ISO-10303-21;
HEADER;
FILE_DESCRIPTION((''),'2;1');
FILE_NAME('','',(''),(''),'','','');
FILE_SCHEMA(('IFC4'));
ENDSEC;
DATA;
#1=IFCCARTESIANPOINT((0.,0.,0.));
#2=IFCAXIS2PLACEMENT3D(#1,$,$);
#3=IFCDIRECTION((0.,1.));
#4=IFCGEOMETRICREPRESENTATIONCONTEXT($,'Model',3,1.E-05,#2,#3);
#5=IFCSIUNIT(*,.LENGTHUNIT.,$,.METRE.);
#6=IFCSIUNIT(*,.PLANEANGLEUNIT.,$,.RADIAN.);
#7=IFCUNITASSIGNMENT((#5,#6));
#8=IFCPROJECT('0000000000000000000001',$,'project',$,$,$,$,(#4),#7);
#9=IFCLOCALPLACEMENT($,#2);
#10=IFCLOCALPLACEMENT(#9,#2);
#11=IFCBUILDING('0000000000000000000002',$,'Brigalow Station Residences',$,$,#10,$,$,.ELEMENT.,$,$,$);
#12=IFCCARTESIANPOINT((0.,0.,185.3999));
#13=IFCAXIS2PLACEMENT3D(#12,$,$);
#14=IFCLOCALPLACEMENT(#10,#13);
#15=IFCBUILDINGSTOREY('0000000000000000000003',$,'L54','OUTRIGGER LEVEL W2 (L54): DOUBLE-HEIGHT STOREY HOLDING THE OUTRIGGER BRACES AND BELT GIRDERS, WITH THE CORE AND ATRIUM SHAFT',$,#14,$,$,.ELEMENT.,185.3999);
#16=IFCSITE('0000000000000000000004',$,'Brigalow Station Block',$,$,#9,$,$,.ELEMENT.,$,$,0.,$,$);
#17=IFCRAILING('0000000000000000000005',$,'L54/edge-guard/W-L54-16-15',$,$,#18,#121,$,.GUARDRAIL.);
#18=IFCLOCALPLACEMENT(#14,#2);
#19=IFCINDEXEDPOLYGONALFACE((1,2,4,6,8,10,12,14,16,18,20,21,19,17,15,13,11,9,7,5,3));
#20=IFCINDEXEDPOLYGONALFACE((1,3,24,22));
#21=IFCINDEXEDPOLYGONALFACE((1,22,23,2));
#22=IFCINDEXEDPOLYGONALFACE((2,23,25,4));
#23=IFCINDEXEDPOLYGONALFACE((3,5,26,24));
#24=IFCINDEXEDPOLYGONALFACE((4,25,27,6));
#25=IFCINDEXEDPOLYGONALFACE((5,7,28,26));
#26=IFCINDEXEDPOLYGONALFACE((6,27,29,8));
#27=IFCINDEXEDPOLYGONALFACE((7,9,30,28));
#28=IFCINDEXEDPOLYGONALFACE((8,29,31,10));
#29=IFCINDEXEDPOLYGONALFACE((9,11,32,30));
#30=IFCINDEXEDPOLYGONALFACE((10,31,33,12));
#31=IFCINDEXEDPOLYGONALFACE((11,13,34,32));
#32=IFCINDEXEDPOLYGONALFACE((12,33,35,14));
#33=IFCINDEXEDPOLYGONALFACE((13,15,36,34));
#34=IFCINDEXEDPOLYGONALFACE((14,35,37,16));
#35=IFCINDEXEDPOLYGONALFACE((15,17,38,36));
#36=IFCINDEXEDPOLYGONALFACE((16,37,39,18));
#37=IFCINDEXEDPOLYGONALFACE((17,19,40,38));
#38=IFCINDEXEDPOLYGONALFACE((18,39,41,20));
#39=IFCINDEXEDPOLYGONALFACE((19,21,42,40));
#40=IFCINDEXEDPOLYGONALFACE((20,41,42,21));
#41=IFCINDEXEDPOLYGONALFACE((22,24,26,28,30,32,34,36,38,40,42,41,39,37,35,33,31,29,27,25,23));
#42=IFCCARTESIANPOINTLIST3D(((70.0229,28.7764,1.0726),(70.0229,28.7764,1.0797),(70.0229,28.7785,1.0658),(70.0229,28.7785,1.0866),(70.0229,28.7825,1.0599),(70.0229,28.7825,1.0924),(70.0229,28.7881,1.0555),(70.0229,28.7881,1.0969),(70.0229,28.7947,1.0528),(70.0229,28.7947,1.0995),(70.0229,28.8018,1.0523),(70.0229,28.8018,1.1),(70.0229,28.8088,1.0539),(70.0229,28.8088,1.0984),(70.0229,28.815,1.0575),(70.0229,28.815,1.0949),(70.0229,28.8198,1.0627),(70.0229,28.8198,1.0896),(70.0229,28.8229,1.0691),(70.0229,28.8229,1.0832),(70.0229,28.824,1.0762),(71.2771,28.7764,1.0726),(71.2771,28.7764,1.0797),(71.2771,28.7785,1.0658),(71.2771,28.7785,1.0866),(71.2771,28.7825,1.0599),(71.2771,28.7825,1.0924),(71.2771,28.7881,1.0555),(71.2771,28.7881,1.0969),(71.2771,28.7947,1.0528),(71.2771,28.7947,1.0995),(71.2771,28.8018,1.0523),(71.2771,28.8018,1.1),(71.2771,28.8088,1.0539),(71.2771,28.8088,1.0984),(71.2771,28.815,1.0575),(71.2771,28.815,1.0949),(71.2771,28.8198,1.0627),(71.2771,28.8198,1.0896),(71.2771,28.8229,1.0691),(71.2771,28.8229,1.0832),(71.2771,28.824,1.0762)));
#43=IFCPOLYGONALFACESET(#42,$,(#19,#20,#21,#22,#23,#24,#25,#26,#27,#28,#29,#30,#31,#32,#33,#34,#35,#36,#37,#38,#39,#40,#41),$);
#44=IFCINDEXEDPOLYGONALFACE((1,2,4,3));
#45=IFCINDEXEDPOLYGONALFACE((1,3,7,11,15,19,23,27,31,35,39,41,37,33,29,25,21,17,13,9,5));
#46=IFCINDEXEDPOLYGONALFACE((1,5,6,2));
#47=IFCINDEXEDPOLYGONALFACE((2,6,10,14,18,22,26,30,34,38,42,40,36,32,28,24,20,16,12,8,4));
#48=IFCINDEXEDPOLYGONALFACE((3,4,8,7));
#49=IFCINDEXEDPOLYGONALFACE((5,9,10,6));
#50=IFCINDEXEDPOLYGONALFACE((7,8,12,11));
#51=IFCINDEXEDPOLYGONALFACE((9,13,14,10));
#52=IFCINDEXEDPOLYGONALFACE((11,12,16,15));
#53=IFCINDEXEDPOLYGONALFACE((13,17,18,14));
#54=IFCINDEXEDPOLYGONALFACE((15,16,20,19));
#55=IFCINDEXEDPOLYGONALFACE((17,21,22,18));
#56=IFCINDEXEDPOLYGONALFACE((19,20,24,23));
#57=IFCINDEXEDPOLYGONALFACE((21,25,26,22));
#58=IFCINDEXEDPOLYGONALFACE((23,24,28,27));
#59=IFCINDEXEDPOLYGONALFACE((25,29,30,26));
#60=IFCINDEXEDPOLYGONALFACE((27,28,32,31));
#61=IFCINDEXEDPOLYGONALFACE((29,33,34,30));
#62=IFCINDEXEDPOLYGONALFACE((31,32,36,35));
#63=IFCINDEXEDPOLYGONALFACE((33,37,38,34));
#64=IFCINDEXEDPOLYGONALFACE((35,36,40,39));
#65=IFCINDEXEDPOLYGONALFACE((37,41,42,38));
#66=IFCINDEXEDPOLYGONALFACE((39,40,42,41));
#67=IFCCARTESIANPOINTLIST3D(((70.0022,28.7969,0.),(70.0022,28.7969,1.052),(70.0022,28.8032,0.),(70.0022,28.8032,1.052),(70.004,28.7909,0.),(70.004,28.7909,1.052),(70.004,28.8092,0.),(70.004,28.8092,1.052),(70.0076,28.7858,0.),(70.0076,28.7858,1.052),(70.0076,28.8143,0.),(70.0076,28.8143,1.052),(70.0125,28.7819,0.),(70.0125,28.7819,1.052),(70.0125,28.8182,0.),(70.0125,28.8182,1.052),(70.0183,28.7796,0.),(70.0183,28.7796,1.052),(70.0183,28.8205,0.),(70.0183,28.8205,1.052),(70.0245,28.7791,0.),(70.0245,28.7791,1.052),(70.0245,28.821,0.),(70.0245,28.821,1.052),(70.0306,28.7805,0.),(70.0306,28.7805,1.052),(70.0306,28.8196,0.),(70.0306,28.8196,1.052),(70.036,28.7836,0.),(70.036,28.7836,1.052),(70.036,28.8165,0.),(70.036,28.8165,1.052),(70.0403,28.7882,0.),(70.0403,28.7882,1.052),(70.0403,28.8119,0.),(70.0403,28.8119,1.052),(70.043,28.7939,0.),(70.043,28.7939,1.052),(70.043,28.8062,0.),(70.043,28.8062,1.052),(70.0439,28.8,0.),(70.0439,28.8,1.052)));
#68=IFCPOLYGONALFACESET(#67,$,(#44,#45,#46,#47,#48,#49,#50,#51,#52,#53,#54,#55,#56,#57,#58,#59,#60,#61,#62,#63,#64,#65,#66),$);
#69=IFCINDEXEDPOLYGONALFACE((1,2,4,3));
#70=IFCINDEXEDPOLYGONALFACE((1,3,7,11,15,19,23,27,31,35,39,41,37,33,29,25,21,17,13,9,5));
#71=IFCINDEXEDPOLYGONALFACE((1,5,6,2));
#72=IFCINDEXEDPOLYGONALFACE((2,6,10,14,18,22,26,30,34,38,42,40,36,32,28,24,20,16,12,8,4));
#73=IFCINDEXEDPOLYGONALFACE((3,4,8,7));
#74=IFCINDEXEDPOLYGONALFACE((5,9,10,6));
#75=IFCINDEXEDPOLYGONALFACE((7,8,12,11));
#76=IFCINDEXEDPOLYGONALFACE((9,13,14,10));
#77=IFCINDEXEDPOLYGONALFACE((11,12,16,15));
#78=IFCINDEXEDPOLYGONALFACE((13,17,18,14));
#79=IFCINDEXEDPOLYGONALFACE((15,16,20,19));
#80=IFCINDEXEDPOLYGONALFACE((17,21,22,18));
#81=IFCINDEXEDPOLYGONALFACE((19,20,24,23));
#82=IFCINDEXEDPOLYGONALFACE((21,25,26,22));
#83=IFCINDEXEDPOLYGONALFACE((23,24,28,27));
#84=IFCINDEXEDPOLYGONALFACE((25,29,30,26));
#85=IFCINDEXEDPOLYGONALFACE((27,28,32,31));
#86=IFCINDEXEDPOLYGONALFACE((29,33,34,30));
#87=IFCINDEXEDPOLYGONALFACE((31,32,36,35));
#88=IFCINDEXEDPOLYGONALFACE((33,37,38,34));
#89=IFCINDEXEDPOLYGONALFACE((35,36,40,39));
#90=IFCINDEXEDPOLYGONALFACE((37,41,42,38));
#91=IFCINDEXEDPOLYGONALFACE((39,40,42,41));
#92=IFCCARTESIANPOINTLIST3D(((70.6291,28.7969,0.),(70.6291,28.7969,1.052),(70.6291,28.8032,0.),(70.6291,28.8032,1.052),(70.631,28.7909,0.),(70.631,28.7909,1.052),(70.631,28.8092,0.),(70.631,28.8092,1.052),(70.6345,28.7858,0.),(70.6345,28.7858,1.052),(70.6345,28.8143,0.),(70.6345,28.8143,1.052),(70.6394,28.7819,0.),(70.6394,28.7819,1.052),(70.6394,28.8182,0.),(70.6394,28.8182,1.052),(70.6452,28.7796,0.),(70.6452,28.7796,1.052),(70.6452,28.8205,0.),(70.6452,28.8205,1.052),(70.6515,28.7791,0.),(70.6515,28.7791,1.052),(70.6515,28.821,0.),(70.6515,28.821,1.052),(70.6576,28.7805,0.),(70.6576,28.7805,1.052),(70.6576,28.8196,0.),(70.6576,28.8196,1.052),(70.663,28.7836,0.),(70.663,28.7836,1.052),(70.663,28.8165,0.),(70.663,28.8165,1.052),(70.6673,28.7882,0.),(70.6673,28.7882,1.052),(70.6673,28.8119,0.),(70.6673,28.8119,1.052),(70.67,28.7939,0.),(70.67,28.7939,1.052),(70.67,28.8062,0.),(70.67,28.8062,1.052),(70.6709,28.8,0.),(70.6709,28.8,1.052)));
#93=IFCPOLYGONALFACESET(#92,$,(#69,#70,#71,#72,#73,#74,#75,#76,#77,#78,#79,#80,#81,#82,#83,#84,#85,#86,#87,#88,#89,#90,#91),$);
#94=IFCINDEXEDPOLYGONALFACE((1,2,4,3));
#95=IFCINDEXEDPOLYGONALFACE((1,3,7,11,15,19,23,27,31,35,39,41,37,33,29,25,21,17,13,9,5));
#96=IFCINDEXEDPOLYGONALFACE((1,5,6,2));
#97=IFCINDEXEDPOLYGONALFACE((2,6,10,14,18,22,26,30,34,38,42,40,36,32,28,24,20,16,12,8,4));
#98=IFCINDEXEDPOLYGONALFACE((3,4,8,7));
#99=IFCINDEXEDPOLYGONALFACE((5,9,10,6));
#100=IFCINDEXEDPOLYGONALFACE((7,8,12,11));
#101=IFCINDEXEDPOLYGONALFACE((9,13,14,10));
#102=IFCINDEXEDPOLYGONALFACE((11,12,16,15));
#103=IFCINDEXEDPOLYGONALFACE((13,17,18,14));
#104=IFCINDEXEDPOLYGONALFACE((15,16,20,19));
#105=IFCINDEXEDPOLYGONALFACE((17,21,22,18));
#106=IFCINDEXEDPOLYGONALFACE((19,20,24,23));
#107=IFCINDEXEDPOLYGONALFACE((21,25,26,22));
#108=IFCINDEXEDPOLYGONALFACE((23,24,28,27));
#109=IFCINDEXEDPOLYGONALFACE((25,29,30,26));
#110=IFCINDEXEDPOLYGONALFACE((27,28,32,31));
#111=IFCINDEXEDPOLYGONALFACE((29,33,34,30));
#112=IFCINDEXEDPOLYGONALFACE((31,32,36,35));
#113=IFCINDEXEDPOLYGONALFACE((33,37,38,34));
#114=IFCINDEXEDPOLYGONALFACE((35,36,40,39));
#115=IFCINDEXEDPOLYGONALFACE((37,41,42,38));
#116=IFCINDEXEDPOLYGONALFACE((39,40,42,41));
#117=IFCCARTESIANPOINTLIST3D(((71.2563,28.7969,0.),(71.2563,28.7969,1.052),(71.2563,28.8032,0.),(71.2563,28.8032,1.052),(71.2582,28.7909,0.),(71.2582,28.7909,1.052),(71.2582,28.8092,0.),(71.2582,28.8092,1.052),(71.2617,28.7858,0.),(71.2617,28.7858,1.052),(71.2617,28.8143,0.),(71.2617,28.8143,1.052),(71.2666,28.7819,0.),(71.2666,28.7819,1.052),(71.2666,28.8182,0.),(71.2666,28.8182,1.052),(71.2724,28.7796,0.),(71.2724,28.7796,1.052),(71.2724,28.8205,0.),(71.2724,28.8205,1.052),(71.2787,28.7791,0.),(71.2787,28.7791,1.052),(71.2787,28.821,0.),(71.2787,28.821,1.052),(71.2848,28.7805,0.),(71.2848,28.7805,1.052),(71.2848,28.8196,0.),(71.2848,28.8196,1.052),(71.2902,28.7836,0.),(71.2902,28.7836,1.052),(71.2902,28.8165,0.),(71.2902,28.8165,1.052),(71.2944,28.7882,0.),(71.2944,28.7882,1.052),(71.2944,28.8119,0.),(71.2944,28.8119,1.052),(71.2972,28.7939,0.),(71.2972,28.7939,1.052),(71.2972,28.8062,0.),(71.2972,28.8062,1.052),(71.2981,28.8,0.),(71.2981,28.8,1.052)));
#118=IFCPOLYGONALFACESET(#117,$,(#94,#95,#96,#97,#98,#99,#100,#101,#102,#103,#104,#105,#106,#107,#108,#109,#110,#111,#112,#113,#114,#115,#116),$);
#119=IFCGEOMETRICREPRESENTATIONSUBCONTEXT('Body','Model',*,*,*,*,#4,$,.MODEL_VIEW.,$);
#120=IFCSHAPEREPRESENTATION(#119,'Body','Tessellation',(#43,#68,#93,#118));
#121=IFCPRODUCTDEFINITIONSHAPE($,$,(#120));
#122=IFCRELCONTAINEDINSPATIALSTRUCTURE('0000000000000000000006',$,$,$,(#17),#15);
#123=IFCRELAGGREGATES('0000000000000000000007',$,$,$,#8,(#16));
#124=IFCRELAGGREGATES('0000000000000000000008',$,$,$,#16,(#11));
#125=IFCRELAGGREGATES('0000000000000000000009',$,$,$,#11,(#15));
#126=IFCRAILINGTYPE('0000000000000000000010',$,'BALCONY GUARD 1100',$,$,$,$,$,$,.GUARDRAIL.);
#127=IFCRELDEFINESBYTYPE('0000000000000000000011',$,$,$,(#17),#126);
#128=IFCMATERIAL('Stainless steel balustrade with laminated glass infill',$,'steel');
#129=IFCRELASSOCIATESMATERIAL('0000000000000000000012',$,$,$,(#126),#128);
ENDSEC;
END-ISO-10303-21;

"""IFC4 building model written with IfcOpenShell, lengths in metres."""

from ifc_helpers import new_model, si_unit, direction, frame, origin, origin_2d, place, context, subcontext, project, spatial, circle, extrude, material, type_object, element, save


model = new_model("IFC4")

# Units and contexts
model_context = context("Model", 3, precision=1e-05, world=origin(), true_north=direction((0.0, 1.0)))
body_context = subcontext(model_context, "Body", "Model", "MODEL_VIEW")
ifc_project = project(units=[si_unit("LENGTHUNIT", "METRE"), si_unit("PLANEANGLEUNIT", "RADIAN")], contexts=[model_context])

# Site, building, storey
site_placement = place(None, origin())
site = spatial("IfcSite", under=ifc_project, at=site_placement, Name="Brigalow Station Block", CompositionType="ELEMENT", RefElevation=0.0)
building_placement = place(site_placement, origin())
building = spatial("IfcBuilding", under=site, at=building_placement, Name="Brigalow Station Residences", CompositionType="ELEMENT")
storey_placement = place(building_placement, frame((0.0, 0.0, 185.3999)))
storey = spatial("IfcBuildingStorey", under=building, at=storey_placement, Name="L54", Description="OUTRIGGER LEVEL W2 (L54): DOUBLE-HEIGHT STOREY HOLDING THE OUTRIGGER BRACES AND BELT GIRDERS, WITH THE CORE AND ATRIUM SHAFT", CompositionType="ELEMENT", Elevation=185.3999)

# Railing
ifc_material_1 = material(Name="Stainless steel balustrade with laminated glass infill", Category="steel")
railing_type_1 = type_object("IfcRailingType", Name="BALCONY GUARD 1100", PredefinedType="GUARDRAIL", material=ifc_material_1)
railing_1_placement = place(storey_placement, frame((70.0229, 28.8, 0.0)))
element("IfcRailing", 1, at=railing_1_placement, inside=storey, type_object=railing_type_1, Name="L54/edge-guard/W-L54-16-15", PredefinedType="GUARDRAIL", context=body_context, shape_type="SweptSolid", body=[
    extrude(circle(Radius=0.0239, at=origin_2d()), frame((0.0, 0.0, 1.0762), z_axis=(1.0, 0.0, 0.0), x_axis=(0.0, 1.0, 0.0)), (0.0, 0.0, 1.0), 1.2542),
    extrude(circle(Radius=0.021, at=origin_2d()), origin(), (0.0, 0.0, 1.0), 1.052),
    extrude(circle(Radius=0.021, at=origin_2d()), frame((0.627, 0.0, 0.0)), (0.0, 0.0, 1.0), 1.052),
    extrude(circle(Radius=0.021, at=origin_2d()), frame((1.2542, 0.0, 0.0)), (0.0, 0.0, 1.0), 1.052),
])

save(model, "model.ifc")
